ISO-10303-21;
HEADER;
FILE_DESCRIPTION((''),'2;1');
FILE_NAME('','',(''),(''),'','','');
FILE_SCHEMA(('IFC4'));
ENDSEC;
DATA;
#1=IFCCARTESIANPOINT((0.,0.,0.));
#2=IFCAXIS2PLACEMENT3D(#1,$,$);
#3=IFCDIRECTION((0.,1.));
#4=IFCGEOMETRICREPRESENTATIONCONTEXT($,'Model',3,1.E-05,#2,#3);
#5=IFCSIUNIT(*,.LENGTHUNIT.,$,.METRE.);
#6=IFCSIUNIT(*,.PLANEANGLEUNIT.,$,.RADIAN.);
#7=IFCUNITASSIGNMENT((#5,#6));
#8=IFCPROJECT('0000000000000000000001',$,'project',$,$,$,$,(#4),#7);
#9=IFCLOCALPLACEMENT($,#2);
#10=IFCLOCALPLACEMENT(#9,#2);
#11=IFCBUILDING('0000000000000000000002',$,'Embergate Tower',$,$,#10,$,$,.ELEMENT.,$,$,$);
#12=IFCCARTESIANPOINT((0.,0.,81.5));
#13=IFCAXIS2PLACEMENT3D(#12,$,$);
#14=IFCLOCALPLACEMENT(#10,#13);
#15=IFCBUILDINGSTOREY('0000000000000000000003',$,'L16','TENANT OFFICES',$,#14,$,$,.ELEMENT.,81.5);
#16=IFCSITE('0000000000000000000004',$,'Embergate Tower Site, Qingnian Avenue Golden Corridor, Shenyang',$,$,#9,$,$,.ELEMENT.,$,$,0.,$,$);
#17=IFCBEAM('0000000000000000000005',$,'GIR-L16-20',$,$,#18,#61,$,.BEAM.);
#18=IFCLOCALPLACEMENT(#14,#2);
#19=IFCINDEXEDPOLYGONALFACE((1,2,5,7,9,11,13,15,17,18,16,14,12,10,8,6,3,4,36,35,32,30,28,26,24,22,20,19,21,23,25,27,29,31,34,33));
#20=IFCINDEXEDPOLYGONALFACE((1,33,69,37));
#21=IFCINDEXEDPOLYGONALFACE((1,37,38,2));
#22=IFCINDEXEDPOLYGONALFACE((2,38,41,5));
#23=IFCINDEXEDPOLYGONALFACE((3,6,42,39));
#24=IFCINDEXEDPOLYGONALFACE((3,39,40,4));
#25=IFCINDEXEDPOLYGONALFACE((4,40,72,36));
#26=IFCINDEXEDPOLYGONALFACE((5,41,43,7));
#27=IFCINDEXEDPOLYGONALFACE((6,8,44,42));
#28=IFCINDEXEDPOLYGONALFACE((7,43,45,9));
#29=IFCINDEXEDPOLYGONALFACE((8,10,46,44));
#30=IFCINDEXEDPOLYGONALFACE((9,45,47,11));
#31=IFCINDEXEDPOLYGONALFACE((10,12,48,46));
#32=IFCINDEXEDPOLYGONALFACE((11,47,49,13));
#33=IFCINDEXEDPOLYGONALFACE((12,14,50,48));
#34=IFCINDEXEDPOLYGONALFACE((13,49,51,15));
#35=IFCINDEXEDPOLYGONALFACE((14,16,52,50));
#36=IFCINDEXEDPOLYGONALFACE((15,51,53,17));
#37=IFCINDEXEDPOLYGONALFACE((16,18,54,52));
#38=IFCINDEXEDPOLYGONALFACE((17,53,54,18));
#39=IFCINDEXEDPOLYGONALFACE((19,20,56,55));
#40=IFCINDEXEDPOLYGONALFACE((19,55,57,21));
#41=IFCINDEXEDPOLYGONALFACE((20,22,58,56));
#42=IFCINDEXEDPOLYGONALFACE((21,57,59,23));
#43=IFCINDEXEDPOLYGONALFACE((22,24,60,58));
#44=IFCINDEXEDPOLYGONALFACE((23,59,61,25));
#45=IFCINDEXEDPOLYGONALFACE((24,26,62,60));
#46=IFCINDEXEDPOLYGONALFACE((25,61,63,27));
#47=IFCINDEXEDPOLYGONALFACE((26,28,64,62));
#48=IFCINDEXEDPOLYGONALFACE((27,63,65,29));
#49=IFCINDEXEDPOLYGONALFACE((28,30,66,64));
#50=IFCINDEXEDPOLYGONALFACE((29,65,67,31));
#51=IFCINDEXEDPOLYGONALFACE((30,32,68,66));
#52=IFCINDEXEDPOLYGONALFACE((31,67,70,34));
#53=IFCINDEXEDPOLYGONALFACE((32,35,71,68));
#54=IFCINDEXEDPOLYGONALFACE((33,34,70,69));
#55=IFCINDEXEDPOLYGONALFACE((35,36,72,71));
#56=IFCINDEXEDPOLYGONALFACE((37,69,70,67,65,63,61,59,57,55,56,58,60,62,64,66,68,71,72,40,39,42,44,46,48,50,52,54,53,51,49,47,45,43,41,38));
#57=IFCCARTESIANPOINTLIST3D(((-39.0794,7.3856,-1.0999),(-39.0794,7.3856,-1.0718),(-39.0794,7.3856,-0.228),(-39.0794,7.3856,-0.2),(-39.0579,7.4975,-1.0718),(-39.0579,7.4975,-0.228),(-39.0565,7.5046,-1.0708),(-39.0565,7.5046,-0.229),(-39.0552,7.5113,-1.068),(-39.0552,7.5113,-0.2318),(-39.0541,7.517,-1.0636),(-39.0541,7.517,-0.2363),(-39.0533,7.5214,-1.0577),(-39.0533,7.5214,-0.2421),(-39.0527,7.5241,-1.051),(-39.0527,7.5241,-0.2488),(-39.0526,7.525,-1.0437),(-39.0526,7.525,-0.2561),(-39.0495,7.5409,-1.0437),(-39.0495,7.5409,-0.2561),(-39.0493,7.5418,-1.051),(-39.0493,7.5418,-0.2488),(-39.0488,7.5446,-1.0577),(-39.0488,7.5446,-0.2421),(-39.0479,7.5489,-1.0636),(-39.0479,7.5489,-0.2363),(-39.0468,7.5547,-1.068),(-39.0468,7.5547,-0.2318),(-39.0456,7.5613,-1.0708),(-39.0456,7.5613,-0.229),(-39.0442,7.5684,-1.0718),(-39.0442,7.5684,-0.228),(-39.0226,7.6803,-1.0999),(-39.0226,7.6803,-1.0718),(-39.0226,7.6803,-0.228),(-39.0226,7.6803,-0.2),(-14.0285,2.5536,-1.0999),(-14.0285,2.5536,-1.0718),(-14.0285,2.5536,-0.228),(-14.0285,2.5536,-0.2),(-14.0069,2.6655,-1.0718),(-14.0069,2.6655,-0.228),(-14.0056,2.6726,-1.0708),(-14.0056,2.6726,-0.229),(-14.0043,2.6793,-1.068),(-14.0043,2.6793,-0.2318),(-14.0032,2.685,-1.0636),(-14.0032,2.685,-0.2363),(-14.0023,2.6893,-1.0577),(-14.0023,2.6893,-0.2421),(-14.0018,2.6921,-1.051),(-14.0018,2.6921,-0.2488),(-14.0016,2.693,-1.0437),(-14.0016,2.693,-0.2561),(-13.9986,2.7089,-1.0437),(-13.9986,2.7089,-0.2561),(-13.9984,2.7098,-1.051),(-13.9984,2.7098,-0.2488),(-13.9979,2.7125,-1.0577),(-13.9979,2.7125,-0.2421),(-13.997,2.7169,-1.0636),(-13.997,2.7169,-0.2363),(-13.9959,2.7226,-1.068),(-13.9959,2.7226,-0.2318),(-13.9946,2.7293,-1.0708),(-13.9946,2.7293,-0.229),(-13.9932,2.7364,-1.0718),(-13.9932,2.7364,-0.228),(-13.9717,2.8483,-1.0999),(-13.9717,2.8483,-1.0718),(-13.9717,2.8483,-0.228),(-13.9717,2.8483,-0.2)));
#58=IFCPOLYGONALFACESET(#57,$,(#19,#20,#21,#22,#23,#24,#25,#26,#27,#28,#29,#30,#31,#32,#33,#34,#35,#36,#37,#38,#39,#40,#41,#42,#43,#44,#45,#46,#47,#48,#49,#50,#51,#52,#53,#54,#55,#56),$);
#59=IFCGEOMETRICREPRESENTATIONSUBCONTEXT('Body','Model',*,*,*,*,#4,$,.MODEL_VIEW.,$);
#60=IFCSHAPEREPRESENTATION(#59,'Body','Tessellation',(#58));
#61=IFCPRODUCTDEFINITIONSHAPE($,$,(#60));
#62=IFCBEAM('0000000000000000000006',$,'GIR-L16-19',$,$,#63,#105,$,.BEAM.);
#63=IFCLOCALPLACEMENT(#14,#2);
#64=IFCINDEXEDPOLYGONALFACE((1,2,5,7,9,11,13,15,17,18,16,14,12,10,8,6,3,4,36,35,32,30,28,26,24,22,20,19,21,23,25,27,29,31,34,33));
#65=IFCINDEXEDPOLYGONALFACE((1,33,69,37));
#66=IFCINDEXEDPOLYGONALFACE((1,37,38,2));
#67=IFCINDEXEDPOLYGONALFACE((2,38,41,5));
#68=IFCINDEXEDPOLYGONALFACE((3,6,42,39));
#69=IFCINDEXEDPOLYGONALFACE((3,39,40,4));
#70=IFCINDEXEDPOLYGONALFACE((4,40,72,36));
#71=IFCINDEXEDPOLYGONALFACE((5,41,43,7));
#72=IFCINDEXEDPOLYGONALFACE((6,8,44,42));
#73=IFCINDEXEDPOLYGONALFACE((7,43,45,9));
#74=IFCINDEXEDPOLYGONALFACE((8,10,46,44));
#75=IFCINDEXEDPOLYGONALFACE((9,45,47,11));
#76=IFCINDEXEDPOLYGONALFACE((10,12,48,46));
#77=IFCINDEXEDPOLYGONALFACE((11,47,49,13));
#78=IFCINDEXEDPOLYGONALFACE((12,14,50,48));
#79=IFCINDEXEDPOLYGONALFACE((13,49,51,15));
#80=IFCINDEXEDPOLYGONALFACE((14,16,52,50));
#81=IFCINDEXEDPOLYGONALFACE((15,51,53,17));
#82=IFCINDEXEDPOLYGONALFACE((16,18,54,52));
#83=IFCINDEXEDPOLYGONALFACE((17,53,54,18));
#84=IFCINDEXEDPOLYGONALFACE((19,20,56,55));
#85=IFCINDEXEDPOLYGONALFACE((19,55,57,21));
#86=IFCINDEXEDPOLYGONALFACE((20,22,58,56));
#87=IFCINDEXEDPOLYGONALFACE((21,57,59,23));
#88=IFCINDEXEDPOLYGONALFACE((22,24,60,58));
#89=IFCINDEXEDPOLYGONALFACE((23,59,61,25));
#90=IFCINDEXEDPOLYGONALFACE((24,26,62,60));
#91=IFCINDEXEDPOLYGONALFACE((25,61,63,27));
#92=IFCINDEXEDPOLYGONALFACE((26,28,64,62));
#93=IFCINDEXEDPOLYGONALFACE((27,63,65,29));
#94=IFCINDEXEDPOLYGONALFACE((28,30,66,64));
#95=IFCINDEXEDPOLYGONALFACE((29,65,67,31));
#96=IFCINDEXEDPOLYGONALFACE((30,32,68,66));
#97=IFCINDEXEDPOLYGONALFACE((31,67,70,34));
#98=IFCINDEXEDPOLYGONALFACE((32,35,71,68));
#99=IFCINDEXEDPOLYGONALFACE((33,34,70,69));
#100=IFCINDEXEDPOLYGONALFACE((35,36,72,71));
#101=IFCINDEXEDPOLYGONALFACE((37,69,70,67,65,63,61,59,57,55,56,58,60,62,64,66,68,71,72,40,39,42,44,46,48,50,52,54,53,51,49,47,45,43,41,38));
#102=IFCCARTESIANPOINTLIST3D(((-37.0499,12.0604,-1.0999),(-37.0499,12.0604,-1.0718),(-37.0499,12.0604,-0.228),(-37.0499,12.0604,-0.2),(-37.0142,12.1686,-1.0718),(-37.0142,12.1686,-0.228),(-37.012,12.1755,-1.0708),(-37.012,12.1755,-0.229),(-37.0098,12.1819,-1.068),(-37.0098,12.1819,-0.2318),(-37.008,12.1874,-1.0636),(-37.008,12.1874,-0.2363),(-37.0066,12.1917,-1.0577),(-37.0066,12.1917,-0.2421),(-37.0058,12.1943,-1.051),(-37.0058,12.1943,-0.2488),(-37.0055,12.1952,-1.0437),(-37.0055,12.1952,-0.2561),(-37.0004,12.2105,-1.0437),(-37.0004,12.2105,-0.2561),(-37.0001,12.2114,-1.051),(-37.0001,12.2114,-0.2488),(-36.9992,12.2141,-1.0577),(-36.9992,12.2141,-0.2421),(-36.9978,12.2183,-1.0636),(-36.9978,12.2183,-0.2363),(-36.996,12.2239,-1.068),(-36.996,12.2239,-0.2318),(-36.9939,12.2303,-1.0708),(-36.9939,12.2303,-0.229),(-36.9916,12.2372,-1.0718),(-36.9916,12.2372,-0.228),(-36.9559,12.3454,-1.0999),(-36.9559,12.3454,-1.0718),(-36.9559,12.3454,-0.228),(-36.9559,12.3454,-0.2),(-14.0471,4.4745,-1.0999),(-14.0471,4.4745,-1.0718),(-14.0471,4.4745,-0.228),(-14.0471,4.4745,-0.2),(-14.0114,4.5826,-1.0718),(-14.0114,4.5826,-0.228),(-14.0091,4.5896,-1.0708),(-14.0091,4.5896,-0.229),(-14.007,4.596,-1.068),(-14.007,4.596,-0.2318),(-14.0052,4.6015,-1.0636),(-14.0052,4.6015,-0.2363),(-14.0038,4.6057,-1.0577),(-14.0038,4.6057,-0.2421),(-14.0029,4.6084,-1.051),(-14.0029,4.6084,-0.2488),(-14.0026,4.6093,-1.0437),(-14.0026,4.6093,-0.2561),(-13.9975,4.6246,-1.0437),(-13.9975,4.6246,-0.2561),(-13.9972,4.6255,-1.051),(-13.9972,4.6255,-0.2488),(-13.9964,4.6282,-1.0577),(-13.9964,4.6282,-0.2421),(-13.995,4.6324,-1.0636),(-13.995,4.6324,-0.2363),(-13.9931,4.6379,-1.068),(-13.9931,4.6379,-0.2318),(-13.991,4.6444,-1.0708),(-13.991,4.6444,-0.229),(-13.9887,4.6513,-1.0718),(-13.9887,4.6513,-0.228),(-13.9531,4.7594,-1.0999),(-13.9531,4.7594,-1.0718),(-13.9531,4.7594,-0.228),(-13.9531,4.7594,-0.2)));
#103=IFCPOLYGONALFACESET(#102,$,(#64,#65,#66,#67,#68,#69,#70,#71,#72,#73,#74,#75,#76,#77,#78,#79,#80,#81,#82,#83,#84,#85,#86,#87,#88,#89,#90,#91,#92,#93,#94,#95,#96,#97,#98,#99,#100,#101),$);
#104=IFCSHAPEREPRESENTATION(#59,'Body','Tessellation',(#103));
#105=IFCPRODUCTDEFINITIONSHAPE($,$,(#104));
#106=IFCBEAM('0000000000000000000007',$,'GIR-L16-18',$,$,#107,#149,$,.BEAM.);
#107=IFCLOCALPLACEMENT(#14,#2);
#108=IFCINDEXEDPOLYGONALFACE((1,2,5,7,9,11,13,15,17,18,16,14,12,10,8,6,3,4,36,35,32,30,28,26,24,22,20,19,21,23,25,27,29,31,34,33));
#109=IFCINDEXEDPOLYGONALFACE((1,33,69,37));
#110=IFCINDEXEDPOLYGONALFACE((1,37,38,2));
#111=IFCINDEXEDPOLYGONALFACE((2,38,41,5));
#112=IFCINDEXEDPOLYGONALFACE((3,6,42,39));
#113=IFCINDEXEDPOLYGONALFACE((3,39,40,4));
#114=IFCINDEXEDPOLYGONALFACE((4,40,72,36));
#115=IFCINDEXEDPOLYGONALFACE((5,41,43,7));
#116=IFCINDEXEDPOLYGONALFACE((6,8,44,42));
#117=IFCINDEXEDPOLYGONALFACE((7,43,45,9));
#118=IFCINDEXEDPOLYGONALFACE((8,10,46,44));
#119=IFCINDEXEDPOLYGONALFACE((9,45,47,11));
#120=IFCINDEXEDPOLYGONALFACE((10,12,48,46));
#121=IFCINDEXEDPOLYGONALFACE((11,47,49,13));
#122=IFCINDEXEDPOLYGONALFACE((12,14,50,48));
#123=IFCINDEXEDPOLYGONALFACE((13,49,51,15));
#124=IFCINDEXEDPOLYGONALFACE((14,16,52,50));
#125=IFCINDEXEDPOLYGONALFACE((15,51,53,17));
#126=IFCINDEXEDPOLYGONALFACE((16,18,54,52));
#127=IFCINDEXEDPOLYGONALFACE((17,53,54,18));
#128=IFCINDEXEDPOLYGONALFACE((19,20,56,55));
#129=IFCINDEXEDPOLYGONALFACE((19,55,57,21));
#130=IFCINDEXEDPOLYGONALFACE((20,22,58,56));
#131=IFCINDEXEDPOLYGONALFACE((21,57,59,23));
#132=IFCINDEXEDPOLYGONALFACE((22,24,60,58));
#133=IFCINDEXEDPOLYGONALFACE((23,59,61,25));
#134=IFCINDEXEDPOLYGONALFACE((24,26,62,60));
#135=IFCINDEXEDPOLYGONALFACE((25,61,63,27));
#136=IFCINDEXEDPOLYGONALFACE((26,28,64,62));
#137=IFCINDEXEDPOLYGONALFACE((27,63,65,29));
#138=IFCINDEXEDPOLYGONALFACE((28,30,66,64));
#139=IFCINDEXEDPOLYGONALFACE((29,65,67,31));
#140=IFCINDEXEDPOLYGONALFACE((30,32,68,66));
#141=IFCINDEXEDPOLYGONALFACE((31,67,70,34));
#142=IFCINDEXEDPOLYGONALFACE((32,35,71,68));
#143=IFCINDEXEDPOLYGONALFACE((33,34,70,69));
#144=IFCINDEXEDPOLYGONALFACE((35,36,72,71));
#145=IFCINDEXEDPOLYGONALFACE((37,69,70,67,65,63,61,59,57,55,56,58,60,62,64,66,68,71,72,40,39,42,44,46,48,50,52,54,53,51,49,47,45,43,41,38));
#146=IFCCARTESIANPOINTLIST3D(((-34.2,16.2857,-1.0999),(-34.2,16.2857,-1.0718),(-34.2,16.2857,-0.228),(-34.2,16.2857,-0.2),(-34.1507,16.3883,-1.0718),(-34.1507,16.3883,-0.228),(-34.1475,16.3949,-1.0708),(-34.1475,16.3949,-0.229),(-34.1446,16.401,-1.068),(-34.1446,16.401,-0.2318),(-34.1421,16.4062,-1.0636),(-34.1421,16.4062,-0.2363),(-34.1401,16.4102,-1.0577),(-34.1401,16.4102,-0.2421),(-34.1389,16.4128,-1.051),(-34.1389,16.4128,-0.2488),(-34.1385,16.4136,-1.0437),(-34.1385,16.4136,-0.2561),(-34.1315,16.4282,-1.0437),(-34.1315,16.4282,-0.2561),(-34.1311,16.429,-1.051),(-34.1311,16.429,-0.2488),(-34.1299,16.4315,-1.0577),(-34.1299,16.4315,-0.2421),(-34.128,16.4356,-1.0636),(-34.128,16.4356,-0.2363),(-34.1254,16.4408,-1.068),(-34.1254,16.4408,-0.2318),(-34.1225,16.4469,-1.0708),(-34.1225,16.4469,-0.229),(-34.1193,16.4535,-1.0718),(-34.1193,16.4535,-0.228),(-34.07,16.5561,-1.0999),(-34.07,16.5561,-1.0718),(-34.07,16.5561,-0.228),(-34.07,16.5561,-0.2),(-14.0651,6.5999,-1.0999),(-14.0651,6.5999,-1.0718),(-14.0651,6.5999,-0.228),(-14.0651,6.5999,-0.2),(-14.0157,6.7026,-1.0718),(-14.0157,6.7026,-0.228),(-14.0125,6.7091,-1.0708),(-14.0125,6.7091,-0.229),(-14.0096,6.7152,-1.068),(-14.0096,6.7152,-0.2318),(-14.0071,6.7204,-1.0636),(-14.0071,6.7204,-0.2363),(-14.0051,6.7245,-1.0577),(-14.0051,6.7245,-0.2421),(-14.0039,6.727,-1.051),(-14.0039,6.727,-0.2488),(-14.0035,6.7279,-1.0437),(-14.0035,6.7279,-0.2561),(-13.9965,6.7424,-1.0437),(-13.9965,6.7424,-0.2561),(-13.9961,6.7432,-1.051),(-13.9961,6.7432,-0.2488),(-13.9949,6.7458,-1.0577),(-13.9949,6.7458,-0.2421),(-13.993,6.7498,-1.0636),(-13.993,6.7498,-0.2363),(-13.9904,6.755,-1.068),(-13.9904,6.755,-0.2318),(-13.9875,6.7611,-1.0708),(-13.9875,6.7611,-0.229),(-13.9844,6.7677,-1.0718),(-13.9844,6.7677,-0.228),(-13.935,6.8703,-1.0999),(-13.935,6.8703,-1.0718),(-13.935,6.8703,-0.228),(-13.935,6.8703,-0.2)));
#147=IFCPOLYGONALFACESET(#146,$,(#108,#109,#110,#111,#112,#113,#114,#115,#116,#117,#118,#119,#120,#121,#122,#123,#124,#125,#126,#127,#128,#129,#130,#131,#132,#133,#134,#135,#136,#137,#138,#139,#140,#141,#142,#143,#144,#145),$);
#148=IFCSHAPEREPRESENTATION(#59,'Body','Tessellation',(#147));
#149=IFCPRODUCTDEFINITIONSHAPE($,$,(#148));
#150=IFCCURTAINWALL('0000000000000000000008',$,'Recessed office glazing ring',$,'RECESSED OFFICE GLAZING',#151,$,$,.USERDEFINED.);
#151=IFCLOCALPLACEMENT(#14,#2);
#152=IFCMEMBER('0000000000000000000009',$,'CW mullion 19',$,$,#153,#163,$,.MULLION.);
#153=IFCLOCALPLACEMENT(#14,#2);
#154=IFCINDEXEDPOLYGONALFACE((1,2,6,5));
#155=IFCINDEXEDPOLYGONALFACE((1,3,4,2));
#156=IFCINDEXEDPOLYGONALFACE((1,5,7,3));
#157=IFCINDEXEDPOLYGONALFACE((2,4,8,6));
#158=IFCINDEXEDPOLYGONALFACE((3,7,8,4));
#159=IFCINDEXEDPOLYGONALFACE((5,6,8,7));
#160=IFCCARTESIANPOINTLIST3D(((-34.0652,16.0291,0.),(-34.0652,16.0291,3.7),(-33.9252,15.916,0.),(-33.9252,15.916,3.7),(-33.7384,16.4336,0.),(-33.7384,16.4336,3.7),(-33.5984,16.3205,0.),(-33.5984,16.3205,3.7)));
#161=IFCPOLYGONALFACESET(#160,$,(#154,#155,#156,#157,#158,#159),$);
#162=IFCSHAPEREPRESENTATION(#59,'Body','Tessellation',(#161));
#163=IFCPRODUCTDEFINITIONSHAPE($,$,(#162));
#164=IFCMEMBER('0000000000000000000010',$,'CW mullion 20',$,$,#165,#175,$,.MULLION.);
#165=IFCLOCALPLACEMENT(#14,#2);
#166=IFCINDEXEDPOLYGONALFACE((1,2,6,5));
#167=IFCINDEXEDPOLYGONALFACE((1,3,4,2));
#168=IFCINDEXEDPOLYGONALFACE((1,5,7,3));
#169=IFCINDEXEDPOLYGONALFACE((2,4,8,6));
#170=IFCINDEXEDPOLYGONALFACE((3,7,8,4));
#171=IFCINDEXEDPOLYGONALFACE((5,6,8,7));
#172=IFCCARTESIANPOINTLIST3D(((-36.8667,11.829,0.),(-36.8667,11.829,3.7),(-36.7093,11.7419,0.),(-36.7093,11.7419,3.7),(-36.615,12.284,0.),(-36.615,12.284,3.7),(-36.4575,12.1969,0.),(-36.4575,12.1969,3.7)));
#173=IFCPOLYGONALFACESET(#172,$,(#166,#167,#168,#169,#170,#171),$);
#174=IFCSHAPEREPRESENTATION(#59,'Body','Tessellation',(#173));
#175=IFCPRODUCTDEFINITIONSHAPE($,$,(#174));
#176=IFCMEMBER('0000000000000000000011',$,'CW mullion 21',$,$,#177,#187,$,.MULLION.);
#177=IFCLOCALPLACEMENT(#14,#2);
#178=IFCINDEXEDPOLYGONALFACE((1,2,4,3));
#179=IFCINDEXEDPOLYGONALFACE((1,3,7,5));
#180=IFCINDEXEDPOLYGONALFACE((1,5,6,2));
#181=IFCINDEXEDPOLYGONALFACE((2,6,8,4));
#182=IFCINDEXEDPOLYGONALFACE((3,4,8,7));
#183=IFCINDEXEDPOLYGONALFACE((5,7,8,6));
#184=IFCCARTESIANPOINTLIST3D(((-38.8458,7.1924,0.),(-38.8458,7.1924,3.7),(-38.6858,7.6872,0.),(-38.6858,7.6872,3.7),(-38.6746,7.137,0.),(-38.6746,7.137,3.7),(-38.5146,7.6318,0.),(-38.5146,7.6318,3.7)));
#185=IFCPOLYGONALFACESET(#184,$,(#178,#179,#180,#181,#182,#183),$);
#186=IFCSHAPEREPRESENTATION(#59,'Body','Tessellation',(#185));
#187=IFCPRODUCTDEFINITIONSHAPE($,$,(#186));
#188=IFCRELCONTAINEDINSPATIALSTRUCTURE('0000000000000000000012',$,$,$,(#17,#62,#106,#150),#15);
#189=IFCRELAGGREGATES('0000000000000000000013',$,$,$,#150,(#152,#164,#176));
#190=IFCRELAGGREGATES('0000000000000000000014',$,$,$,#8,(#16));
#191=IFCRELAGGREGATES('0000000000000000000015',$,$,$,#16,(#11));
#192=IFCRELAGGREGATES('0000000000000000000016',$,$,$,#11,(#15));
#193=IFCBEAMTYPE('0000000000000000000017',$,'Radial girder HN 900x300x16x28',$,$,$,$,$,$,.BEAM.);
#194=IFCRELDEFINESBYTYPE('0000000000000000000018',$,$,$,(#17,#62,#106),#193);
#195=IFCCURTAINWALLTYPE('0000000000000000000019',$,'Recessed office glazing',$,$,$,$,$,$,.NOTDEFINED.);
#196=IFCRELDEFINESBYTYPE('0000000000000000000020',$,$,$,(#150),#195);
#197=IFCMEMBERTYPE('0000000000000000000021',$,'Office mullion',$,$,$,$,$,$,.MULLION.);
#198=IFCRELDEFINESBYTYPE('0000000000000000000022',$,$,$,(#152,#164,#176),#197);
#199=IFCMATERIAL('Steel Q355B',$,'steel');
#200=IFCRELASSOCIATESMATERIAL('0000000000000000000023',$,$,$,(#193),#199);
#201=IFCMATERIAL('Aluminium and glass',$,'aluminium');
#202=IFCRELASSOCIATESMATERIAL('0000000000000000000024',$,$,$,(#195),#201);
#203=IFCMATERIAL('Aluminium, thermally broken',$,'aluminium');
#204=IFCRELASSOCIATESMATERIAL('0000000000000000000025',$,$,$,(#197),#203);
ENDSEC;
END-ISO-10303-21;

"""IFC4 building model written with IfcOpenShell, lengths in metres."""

from ifc_helpers import new_model, si_unit, direction, frame, origin, origin_2d, place, context, subcontext, project, spatial, rectangle, i_section, extrude, source, transform, mapped, material, material_profile, profile_set, type_object, element, aggregate, save


model = new_model("IFC4")

# Units and contexts
model_context = context("Model", 3, precision=1e-05, world=origin(), true_north=direction((0.0, 1.0)))
body_context = subcontext(model_context, "Body", "Model", "MODEL_VIEW")
ifc_project = project(units=[si_unit("LENGTHUNIT", "METRE"), si_unit("PLANEANGLEUNIT", "RADIAN")], contexts=[model_context])

# Site, building, storey
site_placement = place(None, origin())
site = spatial("IfcSite", under=ifc_project, at=site_placement, Name="Embergate Tower Site, Qingnian Avenue Golden Corridor, Shenyang", CompositionType="ELEMENT", RefElevation=0.0)
building_placement = place(site_placement, origin())
building = spatial("IfcBuilding", under=site, at=building_placement, Name="Embergate Tower", CompositionType="ELEMENT")
storey_placement = place(building_placement, frame((0.0, 0.0, 81.5)))
storey = spatial("IfcBuildingStorey", under=building, at=storey_placement, Name="L16", Description="TENANT OFFICES", CompositionType="ELEMENT", Elevation=81.5)

# Beams
ifc_material_1 = material(Name="Steel Q355B", Category="steel")
ifc_material_profile_1 = material_profile(ifc_material_1, i_section(OverallWidth=0.3, OverallDepth=0.8999, WebThickness=0.0161, FlangeThickness=0.0281, FilletRadius=0.0281, at=origin_2d()), Name="HN 900x300x16x28")
ifc_profile_set_1 = profile_set([ifc_material_profile_1], Name="Steel Q355 grade B")
beam_type_1 = type_object("IfcBeamType", Name="Radial girder HN 900x300x16x28", PredefinedType="BEAM", material=ifc_profile_set_1)
shared_shape_1 = source(origin(), body_context, "Body", "SweptSolid", [
    extrude(i_section(OverallWidth=0.3, OverallDepth=0.8999, WebThickness=0.0161, FlangeThickness=0.0281, FilletRadius=0.0281, at=origin_2d()), origin(), (0.0, 0.0, 1.0), 25.5127),
])
beam_1_placement = place(storey_placement, frame((-39.051, 7.533, -0.6499), z_axis=(0.981901, -0.189396, 0.0), x_axis=(0.189396, 0.981901, 0.0)))
element("IfcBeam", 1, at=beam_1_placement, inside=storey, type_object=beam_type_1, Name="GIR-L16-20", PredefinedType="BEAM", context=body_context, shape_type="MappedRepresentation", body=[
    mapped(shared_shape_1, transform((0.0, 0.0, 0.0))),
])
shared_shape_2 = source(origin(), body_context, "Body", "SweptSolid", [
    extrude(i_section(OverallWidth=0.3, OverallDepth=0.8999, WebThickness=0.0161, FlangeThickness=0.0281, FilletRadius=0.0281, at=origin_2d()), origin(), (0.0, 0.0, 1.0), 24.2214),
])
beam_2_placement = place(storey_placement, frame((-37.0029, 12.2029, -0.6499), z_axis=(0.94969, -0.31319, 0.0), x_axis=(0.31319, 0.94969, 0.0)))
element("IfcBeam", 2, at=beam_2_placement, inside=storey, type_object=beam_type_1, Name="GIR-L16-19", PredefinedType="BEAM", context=body_context, shape_type="MappedRepresentation", body=[
    mapped(shared_shape_2, transform((0.0, 0.0, 0.0))),
])
shared_shape_3 = source(origin(), body_context, "Body", "SweptSolid", [
    extrude(i_section(OverallWidth=0.3, OverallDepth=0.8999, WebThickness=0.0161, FlangeThickness=0.0281, FilletRadius=0.0281, at=origin_2d()), origin(), (0.0, 0.0, 1.0), 22.3435),
])
beam_3_placement = place(storey_placement, frame((-34.135, 16.4209, -0.6499), z_axis=(0.901156, -0.433494, 0.0), x_axis=(0.433494, 0.901156, 0.0)))
element("IfcBeam", 3, at=beam_3_placement, inside=storey, type_object=beam_type_1, Name="GIR-L16-18", PredefinedType="BEAM", context=body_context, shape_type="MappedRepresentation", body=[
    mapped(shared_shape_3, transform((0.0, 0.0, 0.0))),
])

# Curtain wall, members
ifc_material_2 = material(Name="Aluminium and glass", Category="aluminium")
curtain_wall_type = type_object("IfcCurtainWallType", Name="Recessed office glazing", PredefinedType="NOTDEFINED", material=ifc_material_2)
curtain_wall_placement = place(storey_placement, origin())
curtain_wall = element("IfcCurtainWall", 4, at=curtain_wall_placement, inside=storey, type_object=curtain_wall_type, Name="Recessed office glazing ring", ObjectType="RECESSED OFFICE GLAZING", PredefinedType="USERDEFINED")
ifc_material_3 = material(Name="Aluminium, thermally broken", Category="aluminium")
ifc_material_profile_2 = material_profile(ifc_material_3, rectangle(XDim=0.1799, YDim=0.52, at=origin_2d()), Name="AL 520x180")
ifc_profile_set_2 = profile_set([ifc_material_profile_2], Name="Aluminium, thermally broken")
member_type_1 = type_object("IfcMemberType", Name="Office mullion", PredefinedType="MULLION", material=ifc_profile_set_2)
shared_shape_4 = source(origin(), body_context, "Body", "SweptSolid", [
    extrude(rectangle(XDim=0.1799, YDim=0.52, at=origin_2d()), origin(), (0.0, 0.0, 1.0), 3.7),
])
member_1_placement = place(storey_placement, frame((-33.8318, 16.1748, 0.0), z_axis=(0.0, 0.0, 1.0), x_axis=(0.777876, -0.628418, 0.0)))
member_1 = element("IfcMember", 5, at=member_1_placement, type_object=member_type_1, Name="CW mullion 19", PredefinedType="MULLION", context=body_context, shape_type="MappedRepresentation", body=[
    mapped(shared_shape_4, transform((0.0, 0.0, 0.0))),
])
member_2_placement = place(storey_placement, frame((-36.6621, 12.0129, 0.0), z_axis=(0.0, 0.0, 1.0), x_axis=(0.875005, -0.484113, 0.0)))
member_2 = element("IfcMember", 6, at=member_2_placement, type_object=member_type_1, Name="CW mullion 20", PredefinedType="MULLION", context=body_context, shape_type="MappedRepresentation", body=[
    mapped(shared_shape_4, transform((0.0, 0.0, 0.0))),
])
member_3_placement = place(storey_placement, frame((-38.6802, 7.4121, 0.0), z_axis=(0.0, 0.0, 1.0), x_axis=(0.951499, -0.307651, 0.0)))
member_3 = element("IfcMember", 7, at=member_3_placement, type_object=member_type_1, Name="CW mullion 21", PredefinedType="MULLION", context=body_context, shape_type="MappedRepresentation", body=[
    mapped(shared_shape_4, transform((0.0, 0.0, 0.0))),
])
aggregate(curtain_wall, [member_1, member_2, member_3])

save(model, "model.ifc")
